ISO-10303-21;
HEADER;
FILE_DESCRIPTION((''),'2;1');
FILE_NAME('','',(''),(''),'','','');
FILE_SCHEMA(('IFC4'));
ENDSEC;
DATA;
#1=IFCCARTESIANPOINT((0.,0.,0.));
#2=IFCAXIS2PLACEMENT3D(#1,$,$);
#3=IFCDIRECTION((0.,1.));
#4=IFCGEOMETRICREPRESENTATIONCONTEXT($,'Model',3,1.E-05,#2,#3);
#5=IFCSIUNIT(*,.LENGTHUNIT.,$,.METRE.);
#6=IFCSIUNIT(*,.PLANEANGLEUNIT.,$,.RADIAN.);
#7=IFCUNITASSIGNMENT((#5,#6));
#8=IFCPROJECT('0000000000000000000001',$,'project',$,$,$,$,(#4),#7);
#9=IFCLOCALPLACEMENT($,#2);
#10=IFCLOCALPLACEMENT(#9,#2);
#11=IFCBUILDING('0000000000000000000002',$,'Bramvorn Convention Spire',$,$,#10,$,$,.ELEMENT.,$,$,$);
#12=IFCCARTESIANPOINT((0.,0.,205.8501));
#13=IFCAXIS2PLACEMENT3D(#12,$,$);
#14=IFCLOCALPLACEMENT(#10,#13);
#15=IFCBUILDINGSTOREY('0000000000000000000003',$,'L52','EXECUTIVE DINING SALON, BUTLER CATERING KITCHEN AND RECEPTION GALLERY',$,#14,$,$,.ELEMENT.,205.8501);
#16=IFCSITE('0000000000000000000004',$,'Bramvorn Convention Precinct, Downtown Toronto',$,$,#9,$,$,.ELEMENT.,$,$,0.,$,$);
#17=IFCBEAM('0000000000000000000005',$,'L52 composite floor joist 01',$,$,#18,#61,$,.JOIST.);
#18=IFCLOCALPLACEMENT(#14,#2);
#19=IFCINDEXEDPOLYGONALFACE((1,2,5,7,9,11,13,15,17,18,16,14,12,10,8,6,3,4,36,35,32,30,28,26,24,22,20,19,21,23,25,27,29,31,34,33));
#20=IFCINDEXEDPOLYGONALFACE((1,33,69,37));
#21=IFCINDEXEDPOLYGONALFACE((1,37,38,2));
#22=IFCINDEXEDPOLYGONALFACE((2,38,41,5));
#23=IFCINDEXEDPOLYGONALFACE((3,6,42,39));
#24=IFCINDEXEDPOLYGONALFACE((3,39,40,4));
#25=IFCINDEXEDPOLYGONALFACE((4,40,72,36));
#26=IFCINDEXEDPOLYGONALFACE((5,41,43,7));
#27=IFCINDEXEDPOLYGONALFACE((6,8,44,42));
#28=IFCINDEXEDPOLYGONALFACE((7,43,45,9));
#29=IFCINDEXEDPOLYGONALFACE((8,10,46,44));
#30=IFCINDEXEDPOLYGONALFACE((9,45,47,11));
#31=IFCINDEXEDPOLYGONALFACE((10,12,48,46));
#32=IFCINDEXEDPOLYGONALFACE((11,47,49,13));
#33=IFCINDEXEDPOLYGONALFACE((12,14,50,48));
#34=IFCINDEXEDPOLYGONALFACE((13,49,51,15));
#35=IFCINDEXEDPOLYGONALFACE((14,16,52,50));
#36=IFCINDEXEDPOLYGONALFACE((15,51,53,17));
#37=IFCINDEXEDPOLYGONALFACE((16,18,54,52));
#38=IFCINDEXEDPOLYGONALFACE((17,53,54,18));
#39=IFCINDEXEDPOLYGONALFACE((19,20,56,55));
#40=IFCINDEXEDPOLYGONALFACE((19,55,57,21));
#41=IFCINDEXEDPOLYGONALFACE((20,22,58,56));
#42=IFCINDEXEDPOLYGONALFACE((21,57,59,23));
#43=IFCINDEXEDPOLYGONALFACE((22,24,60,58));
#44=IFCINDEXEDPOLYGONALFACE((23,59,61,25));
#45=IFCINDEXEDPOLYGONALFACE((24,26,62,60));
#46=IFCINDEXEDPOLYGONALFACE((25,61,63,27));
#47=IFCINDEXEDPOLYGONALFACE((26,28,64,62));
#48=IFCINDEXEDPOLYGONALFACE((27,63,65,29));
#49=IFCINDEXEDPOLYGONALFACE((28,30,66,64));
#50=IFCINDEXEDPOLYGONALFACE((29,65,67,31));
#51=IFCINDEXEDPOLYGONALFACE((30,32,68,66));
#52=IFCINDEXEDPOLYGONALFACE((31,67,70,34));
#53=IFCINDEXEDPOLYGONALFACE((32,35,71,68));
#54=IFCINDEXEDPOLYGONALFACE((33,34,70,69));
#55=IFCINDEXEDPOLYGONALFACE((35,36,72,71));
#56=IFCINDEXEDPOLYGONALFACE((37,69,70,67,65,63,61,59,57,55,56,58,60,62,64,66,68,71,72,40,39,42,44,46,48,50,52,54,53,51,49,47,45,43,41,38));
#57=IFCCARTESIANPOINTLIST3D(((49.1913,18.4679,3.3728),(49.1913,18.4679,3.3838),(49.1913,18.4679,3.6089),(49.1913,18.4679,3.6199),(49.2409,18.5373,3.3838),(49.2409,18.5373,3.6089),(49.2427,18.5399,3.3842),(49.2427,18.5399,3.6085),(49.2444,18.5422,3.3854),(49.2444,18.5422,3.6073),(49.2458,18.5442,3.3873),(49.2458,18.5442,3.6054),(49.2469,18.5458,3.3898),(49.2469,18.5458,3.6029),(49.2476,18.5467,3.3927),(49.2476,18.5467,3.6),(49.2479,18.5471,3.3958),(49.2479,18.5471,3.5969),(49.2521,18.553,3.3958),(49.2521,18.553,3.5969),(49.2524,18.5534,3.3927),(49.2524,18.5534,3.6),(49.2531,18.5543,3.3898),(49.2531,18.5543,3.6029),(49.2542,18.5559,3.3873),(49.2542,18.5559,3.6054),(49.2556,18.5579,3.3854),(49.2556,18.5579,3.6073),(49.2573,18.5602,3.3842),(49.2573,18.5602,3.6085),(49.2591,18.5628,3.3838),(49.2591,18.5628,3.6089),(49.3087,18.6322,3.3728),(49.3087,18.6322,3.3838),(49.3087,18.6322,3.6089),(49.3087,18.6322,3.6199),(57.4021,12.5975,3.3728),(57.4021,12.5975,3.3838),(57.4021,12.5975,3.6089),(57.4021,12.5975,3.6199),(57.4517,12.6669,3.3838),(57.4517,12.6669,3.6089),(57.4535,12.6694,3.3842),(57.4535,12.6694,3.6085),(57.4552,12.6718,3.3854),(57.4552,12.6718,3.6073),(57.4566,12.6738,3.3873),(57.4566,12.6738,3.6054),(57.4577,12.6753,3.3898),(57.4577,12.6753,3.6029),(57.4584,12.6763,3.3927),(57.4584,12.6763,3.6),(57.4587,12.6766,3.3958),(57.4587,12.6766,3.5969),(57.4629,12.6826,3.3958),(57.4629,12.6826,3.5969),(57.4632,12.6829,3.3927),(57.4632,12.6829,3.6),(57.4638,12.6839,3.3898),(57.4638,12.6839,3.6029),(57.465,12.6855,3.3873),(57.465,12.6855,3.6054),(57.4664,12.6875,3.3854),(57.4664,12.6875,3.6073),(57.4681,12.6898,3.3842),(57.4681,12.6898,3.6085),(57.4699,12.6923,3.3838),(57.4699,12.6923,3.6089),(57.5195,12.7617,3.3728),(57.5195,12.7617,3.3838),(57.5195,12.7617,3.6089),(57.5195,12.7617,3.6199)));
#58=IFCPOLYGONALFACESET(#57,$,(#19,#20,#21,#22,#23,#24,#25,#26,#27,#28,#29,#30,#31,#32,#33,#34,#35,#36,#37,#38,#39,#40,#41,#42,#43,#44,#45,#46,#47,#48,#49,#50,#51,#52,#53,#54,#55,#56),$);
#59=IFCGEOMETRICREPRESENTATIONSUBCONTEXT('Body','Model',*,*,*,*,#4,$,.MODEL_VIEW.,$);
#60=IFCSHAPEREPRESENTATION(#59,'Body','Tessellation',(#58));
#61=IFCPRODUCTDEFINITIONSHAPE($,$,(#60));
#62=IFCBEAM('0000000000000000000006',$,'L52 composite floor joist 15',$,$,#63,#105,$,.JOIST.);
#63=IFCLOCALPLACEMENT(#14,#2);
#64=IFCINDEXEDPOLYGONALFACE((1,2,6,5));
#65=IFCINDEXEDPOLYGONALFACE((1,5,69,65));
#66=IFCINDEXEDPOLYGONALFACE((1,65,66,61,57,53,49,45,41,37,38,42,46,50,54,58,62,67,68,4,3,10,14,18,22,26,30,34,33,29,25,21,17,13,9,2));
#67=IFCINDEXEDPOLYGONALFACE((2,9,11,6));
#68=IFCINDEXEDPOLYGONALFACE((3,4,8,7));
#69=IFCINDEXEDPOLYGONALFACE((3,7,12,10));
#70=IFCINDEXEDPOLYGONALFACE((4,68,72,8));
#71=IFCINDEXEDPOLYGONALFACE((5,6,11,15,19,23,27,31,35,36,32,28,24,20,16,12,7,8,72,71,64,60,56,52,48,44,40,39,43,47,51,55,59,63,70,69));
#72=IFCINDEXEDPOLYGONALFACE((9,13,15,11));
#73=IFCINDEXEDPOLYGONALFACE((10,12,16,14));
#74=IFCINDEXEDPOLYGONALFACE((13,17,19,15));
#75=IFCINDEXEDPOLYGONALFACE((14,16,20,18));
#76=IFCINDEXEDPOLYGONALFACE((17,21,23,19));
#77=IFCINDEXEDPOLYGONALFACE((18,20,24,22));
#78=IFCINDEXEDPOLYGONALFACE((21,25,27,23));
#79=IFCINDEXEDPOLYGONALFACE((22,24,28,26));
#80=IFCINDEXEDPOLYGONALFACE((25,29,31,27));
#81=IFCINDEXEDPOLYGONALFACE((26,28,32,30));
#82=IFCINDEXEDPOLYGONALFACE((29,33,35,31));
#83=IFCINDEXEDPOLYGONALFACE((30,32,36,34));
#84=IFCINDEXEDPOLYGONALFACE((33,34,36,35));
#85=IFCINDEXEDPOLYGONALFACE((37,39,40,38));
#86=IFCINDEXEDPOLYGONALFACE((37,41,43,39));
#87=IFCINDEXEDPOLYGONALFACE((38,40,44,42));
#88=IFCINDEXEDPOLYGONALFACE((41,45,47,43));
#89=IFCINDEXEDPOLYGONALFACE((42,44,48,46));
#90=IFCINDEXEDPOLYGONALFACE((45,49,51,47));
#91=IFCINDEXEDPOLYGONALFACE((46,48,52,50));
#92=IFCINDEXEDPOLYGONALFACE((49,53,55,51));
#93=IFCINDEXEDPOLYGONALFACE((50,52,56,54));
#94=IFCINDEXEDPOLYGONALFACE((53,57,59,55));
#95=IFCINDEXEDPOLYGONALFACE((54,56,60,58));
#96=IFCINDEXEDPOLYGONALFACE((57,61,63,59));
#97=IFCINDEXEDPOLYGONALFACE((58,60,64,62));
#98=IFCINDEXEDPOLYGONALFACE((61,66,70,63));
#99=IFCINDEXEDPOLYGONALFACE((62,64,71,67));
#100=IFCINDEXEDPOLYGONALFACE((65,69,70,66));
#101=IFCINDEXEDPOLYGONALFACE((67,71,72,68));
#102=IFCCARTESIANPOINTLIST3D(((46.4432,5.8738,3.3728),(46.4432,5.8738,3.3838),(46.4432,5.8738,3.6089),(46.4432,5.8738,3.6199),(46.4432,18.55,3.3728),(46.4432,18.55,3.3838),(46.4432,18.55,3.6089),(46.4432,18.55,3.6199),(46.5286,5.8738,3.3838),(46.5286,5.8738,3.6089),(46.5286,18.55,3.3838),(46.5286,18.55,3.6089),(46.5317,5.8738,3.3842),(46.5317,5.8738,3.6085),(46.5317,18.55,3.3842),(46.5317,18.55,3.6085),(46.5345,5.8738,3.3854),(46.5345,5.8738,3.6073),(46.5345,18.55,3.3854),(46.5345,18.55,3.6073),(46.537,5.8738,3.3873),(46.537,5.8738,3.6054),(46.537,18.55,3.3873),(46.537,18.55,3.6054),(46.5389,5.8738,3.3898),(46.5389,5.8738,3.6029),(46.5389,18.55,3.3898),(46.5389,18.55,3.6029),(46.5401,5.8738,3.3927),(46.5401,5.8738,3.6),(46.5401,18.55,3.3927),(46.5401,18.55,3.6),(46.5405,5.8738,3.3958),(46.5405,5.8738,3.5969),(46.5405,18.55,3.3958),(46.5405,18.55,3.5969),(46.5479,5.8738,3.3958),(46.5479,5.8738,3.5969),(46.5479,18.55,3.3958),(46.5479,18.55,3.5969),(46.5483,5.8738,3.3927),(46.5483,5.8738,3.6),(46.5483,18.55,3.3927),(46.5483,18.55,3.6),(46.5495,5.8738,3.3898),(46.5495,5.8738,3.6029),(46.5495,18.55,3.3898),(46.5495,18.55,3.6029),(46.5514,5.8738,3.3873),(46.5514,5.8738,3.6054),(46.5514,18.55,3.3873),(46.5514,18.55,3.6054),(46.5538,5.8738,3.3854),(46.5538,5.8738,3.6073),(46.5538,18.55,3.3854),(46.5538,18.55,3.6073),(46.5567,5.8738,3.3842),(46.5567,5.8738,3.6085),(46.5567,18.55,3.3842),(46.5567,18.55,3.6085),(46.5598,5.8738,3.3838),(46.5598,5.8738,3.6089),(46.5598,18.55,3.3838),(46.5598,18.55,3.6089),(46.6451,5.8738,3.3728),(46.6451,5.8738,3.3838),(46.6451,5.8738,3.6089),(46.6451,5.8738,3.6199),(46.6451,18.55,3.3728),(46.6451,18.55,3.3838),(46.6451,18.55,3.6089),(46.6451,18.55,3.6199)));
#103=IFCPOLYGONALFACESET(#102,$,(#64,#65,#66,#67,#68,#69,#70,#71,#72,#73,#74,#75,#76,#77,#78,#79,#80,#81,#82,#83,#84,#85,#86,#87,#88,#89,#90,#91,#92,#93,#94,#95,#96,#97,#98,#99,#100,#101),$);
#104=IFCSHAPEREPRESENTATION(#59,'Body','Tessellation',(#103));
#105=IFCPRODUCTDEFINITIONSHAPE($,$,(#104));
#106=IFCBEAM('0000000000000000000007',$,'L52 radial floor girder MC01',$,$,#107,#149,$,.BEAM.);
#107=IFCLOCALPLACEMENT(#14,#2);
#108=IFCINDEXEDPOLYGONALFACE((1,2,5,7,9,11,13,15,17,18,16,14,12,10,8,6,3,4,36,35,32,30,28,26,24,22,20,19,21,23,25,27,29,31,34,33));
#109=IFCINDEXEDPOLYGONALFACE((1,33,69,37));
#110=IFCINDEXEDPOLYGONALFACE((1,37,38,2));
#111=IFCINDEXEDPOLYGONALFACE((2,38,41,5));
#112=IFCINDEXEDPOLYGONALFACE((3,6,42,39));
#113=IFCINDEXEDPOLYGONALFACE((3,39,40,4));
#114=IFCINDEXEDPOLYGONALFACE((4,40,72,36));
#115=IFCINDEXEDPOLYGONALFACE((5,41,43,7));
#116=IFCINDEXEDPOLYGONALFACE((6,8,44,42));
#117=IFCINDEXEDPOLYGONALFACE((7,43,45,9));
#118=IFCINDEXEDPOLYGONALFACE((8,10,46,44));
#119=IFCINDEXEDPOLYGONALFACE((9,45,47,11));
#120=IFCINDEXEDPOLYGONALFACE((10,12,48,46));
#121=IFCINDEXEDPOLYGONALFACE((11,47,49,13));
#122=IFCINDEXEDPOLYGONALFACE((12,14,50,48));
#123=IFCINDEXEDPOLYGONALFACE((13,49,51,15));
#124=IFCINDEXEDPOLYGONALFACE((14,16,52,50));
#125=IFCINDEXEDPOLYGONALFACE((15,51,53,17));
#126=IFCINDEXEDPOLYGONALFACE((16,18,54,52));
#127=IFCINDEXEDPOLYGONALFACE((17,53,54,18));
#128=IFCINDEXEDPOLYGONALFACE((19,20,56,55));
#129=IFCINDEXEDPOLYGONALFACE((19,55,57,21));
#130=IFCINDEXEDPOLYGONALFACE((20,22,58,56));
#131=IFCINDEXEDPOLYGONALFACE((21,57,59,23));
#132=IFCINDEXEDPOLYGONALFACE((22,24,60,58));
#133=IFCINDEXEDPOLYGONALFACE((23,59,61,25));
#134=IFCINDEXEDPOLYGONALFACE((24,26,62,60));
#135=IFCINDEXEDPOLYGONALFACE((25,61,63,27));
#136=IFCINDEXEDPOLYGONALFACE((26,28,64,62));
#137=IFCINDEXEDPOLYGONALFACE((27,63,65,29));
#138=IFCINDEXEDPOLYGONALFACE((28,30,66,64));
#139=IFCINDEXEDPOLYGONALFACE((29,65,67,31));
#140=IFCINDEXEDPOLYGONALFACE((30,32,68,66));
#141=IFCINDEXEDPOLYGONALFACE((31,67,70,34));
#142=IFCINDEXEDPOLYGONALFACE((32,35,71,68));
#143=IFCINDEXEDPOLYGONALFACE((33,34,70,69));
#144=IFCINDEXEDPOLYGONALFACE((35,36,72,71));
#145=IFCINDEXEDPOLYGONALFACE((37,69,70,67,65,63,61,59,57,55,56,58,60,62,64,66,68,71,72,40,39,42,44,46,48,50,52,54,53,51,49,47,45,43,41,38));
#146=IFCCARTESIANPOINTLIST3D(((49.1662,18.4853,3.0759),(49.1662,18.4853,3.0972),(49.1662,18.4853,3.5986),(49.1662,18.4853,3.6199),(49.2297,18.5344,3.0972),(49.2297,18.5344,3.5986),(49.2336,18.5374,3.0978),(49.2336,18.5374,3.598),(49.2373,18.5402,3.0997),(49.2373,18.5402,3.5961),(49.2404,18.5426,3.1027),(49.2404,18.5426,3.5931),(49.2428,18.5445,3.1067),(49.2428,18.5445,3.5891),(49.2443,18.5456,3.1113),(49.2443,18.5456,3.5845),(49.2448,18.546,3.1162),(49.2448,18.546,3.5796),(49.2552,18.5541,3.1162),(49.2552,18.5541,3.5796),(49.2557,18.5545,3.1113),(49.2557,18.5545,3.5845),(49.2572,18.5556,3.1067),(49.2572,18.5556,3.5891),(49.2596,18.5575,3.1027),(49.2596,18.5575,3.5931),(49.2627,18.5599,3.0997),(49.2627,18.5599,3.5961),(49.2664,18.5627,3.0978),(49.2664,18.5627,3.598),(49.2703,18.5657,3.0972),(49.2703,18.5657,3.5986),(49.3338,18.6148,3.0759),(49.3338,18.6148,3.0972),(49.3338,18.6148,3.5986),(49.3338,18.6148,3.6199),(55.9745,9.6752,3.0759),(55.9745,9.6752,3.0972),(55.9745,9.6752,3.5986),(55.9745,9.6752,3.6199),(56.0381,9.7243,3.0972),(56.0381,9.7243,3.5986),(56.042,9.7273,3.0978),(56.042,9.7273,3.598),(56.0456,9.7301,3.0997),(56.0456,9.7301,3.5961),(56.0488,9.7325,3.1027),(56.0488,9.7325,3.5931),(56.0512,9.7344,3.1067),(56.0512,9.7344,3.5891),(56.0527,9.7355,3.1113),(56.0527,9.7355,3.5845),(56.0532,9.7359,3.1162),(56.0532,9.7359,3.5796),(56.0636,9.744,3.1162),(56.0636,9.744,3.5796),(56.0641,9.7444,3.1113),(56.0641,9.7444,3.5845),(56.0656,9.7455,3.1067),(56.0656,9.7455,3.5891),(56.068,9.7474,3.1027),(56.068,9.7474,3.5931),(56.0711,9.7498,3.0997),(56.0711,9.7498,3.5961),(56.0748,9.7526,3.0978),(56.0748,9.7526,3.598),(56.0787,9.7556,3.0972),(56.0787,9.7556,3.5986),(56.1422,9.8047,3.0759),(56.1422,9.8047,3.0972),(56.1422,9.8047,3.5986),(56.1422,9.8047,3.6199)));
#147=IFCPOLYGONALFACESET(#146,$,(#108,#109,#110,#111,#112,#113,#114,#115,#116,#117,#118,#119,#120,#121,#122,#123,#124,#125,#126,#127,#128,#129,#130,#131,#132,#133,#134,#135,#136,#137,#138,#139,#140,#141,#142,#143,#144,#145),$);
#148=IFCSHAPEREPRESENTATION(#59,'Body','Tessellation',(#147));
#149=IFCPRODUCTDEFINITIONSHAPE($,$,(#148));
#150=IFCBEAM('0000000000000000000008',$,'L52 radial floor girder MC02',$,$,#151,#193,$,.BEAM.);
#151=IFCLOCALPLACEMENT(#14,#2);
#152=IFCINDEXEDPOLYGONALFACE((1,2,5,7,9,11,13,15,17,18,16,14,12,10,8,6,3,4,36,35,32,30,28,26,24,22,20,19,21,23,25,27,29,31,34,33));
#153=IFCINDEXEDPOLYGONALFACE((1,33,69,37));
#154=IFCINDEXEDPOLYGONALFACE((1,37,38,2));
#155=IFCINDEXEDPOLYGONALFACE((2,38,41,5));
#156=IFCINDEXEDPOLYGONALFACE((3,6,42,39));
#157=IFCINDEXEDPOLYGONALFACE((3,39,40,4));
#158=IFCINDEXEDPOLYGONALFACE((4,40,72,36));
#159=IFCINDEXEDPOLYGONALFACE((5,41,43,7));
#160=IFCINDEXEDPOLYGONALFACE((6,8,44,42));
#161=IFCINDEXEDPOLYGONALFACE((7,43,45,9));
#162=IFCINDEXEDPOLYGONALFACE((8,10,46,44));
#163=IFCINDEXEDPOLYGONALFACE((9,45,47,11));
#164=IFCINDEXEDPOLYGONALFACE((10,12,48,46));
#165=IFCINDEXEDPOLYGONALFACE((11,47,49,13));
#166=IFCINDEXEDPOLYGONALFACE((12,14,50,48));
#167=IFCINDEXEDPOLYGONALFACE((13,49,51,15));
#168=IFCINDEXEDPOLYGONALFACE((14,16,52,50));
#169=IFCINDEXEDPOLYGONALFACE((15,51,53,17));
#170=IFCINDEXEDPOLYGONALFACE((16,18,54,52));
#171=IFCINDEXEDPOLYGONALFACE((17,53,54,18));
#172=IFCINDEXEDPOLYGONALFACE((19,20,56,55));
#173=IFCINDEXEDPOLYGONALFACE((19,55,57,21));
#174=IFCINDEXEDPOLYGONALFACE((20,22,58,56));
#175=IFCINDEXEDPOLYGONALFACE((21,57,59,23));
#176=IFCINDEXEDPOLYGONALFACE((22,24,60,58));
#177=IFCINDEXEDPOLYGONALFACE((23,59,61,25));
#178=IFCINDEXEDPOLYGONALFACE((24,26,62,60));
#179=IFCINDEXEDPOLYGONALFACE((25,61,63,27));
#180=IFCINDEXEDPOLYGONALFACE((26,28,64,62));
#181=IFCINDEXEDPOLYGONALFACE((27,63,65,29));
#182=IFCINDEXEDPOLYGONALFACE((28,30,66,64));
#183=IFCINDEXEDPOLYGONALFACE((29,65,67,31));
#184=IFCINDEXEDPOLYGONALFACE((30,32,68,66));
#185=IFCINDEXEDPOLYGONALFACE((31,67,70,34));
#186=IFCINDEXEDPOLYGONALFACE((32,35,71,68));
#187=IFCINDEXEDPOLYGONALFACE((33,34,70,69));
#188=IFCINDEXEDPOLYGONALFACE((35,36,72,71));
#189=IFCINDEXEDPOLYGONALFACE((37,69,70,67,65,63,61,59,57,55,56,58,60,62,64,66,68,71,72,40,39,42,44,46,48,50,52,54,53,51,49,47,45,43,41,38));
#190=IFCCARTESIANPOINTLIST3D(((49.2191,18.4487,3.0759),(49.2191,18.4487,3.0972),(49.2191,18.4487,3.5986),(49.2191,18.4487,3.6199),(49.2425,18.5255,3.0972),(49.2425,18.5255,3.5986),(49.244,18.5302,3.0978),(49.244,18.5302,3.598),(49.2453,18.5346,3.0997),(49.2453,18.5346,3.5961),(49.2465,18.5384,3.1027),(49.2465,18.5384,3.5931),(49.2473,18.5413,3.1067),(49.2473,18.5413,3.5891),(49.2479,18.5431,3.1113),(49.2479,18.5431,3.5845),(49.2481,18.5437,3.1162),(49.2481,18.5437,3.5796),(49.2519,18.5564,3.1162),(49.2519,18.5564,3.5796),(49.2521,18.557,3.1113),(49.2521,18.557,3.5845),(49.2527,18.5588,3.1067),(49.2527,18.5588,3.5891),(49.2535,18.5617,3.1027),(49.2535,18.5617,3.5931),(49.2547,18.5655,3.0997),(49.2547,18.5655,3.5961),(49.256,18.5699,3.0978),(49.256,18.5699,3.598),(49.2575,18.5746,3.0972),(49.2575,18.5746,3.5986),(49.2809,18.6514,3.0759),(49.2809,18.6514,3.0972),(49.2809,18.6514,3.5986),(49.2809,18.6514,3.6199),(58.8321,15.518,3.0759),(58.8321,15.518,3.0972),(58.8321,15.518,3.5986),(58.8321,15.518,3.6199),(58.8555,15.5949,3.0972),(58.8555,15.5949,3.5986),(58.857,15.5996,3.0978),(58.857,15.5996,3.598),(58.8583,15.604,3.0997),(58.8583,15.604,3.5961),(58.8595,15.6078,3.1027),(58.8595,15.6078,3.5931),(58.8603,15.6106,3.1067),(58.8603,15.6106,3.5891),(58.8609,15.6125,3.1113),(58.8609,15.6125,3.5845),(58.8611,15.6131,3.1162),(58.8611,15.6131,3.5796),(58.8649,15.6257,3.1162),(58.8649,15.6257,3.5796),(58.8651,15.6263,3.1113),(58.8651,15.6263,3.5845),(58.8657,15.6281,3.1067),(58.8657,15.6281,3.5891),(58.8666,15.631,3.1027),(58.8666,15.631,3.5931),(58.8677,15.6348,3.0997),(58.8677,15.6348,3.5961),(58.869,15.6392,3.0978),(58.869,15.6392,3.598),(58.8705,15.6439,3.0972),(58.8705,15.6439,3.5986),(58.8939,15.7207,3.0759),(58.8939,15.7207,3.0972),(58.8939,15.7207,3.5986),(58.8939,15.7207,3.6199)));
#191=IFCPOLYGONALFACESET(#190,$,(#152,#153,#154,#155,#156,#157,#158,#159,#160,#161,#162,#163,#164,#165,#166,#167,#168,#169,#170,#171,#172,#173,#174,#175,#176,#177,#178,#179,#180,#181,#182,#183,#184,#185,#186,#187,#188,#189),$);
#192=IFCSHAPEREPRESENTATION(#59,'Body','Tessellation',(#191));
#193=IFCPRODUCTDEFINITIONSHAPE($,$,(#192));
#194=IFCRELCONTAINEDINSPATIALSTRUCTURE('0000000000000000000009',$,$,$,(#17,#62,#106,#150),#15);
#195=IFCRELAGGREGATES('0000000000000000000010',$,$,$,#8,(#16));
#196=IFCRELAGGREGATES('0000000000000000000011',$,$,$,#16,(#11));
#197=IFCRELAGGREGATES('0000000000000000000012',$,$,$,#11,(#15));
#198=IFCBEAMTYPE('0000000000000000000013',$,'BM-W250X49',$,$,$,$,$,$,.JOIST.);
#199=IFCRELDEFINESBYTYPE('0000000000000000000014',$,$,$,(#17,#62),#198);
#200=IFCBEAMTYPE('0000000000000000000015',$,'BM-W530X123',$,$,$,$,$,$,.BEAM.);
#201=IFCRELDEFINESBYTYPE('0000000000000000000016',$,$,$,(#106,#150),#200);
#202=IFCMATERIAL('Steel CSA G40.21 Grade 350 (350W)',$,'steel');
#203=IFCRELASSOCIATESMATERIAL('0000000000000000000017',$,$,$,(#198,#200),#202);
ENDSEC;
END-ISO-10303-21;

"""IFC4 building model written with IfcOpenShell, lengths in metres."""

from ifc_helpers import new_model, si_unit, direction, frame, origin, origin_2d, place, context, subcontext, project, spatial, i_section, extrude, material, material_profile, profile_set, type_object, element, save


model = new_model("IFC4")

# Units and contexts
model_context = context("Model", 3, precision=1e-05, world=origin(), true_north=direction((0.0, 1.0)))
body_context = subcontext(model_context, "Body", "Model", "MODEL_VIEW")
ifc_project = project(units=[si_unit("LENGTHUNIT", "METRE"), si_unit("PLANEANGLEUNIT", "RADIAN")], contexts=[model_context])

# Site, building, storey
site_placement = place(None, origin())
site = spatial("IfcSite", under=ifc_project, at=site_placement, Name="Bramvorn Convention Precinct, Downtown Toronto", CompositionType="ELEMENT", RefElevation=0.0)
building_placement = place(site_placement, origin())
building = spatial("IfcBuilding", under=site, at=building_placement, Name="Bramvorn Convention Spire", CompositionType="ELEMENT")
storey_placement = place(building_placement, frame((0.0, 0.0, 205.8501)))
storey = spatial("IfcBuildingStorey", under=building, at=storey_placement, Name="L52", Description="EXECUTIVE DINING SALON, BUTLER CATERING KITCHEN AND RECEPTION GALLERY", CompositionType="ELEMENT", Elevation=205.8501)

# Beams
ifc_material_1 = material(Name="Steel CSA G40.21 Grade 350 (350W)", Category="steel")
ifc_material_profile_1 = material_profile(ifc_material_1, i_section(OverallWidth=0.2019, OverallDepth=0.2471, WebThickness=0.0073, FlangeThickness=0.011, FilletRadius=0.012, at=origin_2d()))
ifc_profile_set_1 = profile_set([ifc_material_profile_1], Name="Steel CSA G40.21 Grade 350 (350W) - W250X49")
beam_type_1 = type_object("IfcBeamType", Name="BM-W250X49", PredefinedType="JOIST", material=ifc_profile_set_1)
beam_1_placement = place(storey_placement, frame((49.25, 18.55, 3.4963), z_axis=(0.813472, -0.581604, 0.0), x_axis=(0.581604, 0.813472, 0.0)))
element("IfcBeam", 1, at=beam_1_placement, inside=storey, type_object=beam_type_1, Name="L52 composite floor joist 01", PredefinedType="JOIST", context=body_context, shape_type="SweptSolid", body=[
    extrude(i_section(OverallWidth=0.2019, OverallDepth=0.2471, WebThickness=0.0073, FlangeThickness=0.011, FilletRadius=0.012, at=origin_2d()), origin(), (0.0, 0.0, 1.0), 10.0935),
])
beam_2_placement = place(storey_placement, frame((46.5442, 18.55, 3.4963), z_axis=(0.0, -1.0, 0.0), x_axis=(1.0, 0.0, 0.0)))
element("IfcBeam", 2, at=beam_2_placement, inside=storey, type_object=beam_type_1, Name="L52 composite floor joist 15", PredefinedType="JOIST", context=body_context, shape_type="SweptSolid", body=[
    extrude(i_section(OverallWidth=0.2019, OverallDepth=0.2471, WebThickness=0.0073, FlangeThickness=0.011, FilletRadius=0.012, at=origin_2d()), origin(), (0.0, 0.0, 1.0), 12.6763),
])
ifc_material_profile_2 = material_profile(ifc_material_1, i_section(OverallWidth=0.2119, OverallDepth=0.5439, WebThickness=0.0132, FlangeThickness=0.0212, FilletRadius=0.019, at=origin_2d()))
ifc_profile_set_2 = profile_set([ifc_material_profile_2], Name="Steel CSA G40.21 Grade 350 (350W) - W530X123")
beam_type_2 = type_object("IfcBeamType", Name="BM-W530X123", PredefinedType="BEAM", material=ifc_profile_set_2)
beam_3_placement = place(storey_placement, frame((49.25, 18.55, 3.3479), z_axis=(0.61148, -0.79126, 0.0), x_axis=(0.79126, 0.61148, 0.0)))
element("IfcBeam", 3, at=beam_3_placement, inside=storey, type_object=beam_type_2, Name="L52 radial floor girder MC01", PredefinedType="BEAM", context=body_context, shape_type="SweptSolid", body=[
    extrude(i_section(OverallWidth=0.2119, OverallDepth=0.5439, WebThickness=0.0132, FlangeThickness=0.0212, FilletRadius=0.019, at=origin_2d()), origin(), (0.0, 0.0, 1.0), 11.1343),
])
beam_4_placement = place(storey_placement, frame((49.25, 18.55, 3.3479), z_axis=(0.956536, -0.291613, 0.0), x_axis=(0.291613, 0.956536, 0.0)))
element("IfcBeam", 4, at=beam_4_placement, inside=storey, type_object=beam_type_2, Name="L52 radial floor girder MC02", PredefinedType="BEAM", context=body_context, shape_type="SweptSolid", body=[
    extrude(i_section(OverallWidth=0.2119, OverallDepth=0.5439, WebThickness=0.0132, FlangeThickness=0.0212, FilletRadius=0.019, at=origin_2d()), origin(), (0.0, 0.0, 1.0), 10.0498),
])

save(model, "model.ifc")
